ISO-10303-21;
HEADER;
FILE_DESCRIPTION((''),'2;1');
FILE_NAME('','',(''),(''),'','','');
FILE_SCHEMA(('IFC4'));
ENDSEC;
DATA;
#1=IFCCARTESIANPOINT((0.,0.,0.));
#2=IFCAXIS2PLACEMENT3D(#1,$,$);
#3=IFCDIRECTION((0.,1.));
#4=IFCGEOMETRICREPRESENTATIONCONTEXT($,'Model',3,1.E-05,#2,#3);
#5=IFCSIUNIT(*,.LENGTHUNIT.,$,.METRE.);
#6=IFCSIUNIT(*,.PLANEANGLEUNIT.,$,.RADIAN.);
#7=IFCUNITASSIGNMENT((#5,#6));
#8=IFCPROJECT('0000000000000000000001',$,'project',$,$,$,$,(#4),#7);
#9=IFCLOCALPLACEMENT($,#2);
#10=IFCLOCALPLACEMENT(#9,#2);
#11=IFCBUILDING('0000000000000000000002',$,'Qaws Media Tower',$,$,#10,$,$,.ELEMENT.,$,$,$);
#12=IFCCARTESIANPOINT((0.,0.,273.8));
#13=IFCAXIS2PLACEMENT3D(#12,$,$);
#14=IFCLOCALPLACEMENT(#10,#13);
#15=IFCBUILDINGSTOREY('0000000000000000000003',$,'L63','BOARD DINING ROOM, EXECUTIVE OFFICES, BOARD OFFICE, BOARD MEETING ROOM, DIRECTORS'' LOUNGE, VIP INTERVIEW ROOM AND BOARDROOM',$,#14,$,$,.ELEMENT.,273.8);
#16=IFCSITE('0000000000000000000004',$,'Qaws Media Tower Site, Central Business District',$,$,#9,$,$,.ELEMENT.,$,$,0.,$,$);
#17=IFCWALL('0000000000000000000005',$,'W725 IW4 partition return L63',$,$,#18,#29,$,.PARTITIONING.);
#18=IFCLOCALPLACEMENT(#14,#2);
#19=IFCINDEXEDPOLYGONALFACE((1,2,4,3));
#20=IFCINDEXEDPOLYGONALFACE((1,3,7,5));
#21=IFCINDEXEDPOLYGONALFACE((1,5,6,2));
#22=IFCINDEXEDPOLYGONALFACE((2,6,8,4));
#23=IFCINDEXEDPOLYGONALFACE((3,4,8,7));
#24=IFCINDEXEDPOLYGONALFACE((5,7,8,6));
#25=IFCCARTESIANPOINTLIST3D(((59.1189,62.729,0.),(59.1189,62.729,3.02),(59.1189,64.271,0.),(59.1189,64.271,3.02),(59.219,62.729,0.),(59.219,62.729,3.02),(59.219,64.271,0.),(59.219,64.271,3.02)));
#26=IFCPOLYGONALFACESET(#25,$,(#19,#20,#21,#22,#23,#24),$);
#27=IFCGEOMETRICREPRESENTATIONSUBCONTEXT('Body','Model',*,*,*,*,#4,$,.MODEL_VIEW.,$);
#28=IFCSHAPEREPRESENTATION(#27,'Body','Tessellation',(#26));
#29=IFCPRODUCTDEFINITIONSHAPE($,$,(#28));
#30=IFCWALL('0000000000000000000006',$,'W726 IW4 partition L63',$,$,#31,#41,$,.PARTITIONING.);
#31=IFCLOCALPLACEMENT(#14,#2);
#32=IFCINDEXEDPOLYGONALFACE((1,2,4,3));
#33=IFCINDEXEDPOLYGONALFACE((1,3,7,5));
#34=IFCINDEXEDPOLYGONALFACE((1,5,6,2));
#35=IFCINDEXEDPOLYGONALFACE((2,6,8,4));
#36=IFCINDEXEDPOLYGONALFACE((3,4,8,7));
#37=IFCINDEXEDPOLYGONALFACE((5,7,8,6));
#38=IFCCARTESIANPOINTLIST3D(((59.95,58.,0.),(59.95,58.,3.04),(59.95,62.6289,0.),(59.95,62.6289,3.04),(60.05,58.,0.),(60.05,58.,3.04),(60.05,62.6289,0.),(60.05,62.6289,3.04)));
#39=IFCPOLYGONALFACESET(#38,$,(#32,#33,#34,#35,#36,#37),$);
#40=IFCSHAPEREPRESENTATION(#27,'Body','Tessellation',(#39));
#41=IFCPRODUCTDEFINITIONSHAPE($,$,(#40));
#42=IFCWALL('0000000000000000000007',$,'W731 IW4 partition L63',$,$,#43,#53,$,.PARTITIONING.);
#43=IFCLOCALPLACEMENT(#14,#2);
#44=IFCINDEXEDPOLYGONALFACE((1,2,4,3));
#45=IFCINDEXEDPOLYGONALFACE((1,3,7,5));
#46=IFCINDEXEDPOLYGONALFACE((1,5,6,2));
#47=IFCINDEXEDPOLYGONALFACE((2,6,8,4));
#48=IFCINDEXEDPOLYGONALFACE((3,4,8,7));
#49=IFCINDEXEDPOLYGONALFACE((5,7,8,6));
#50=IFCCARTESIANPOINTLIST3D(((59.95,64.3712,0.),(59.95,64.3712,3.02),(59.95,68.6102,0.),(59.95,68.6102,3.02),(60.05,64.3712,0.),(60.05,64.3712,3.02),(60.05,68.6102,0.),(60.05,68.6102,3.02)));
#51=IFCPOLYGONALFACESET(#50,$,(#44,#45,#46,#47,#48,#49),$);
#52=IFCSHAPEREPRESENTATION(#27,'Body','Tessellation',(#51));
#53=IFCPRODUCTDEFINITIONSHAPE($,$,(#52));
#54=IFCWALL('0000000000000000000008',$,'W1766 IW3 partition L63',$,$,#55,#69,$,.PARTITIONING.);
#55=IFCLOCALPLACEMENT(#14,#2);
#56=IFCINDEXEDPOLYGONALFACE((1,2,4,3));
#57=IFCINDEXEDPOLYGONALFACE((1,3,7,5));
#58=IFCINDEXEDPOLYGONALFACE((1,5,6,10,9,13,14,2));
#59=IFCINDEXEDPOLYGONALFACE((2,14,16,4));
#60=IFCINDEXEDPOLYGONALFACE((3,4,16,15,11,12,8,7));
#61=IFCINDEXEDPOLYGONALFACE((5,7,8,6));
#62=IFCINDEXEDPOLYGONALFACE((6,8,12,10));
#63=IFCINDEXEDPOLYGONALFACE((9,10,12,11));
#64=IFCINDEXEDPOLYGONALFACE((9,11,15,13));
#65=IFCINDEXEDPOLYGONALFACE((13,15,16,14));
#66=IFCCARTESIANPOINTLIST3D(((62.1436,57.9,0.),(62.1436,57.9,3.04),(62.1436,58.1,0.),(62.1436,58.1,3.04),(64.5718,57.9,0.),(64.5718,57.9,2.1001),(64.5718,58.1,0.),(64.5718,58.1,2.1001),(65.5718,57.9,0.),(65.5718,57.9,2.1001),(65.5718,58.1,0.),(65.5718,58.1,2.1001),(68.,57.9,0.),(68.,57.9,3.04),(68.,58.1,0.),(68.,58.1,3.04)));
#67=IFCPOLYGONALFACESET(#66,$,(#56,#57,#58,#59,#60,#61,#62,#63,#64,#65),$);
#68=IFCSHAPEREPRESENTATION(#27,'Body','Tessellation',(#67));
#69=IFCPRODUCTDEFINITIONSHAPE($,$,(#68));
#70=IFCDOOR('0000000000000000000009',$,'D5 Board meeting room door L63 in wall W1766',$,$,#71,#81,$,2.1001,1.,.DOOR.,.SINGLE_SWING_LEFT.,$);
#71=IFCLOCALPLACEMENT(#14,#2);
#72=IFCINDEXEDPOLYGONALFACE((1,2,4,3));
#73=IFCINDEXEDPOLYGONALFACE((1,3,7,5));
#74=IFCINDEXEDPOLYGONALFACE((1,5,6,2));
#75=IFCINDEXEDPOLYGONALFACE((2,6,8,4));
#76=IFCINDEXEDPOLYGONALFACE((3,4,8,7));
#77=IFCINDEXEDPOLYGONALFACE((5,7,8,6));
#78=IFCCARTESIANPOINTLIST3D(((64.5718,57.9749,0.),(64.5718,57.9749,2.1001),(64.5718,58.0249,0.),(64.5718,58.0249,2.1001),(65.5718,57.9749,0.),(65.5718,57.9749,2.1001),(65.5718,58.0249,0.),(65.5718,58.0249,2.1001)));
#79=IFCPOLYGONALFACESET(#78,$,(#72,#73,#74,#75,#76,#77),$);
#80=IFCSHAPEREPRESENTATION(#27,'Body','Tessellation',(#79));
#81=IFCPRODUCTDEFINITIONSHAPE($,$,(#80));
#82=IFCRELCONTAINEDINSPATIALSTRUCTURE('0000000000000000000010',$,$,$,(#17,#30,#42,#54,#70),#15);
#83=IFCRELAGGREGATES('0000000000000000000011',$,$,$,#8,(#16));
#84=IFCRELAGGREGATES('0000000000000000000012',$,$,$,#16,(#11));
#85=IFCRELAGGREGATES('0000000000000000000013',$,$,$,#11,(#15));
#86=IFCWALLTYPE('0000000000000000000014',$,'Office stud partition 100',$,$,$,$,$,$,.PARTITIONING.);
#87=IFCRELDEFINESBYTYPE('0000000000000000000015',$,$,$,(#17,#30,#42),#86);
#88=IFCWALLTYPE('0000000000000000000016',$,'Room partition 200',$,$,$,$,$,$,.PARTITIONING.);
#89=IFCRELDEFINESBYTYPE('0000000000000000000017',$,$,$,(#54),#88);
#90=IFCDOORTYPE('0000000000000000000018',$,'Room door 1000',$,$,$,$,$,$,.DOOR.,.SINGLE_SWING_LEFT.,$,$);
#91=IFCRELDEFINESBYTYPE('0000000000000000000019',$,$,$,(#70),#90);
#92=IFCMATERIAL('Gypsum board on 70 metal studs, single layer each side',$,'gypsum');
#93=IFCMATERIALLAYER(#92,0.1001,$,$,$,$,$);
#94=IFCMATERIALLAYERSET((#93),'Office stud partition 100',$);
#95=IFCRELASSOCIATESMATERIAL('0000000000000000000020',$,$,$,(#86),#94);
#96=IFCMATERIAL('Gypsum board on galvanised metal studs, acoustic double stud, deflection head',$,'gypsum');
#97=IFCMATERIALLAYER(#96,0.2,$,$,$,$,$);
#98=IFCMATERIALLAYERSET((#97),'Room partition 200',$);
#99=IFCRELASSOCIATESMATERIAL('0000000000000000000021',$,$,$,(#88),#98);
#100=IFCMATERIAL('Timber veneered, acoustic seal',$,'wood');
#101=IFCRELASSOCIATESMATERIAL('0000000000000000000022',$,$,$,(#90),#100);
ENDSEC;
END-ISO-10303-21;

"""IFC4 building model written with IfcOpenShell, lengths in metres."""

from ifc_helpers import new_model, si_unit, direction, frame, frame_2d, origin, place, context, subcontext, project, spatial, rectangle, extrude, material, layer, layer_set, type_object, element, fill, save


model = new_model("IFC4")

# Units and contexts
model_context = context("Model", 3, precision=1e-05, world=origin(), true_north=direction((0.0, 1.0)))
body_context = subcontext(model_context, "Body", "Model", "MODEL_VIEW")
ifc_project = project(units=[si_unit("LENGTHUNIT", "METRE"), si_unit("PLANEANGLEUNIT", "RADIAN")], contexts=[model_context])

# Site, building, storey
site_placement = place(None, origin())
site = spatial("IfcSite", under=ifc_project, at=site_placement, Name="Qaws Media Tower Site, Central Business District", CompositionType="ELEMENT", RefElevation=0.0)
building_placement = place(site_placement, origin())
building = spatial("IfcBuilding", under=site, at=building_placement, Name="Qaws Media Tower", CompositionType="ELEMENT")
storey_placement = place(building_placement, frame((0.0, 0.0, 273.8)))
storey = spatial("IfcBuildingStorey", under=building, at=storey_placement, Name="L63", Description="BOARD DINING ROOM, EXECUTIVE OFFICES, BOARD OFFICE, BOARD MEETING ROOM, DIRECTORS' LOUNGE, VIP INTERVIEW ROOM AND BOARDROOM", CompositionType="ELEMENT", Elevation=273.8)

# Walls
ifc_material_1 = material(Name="Gypsum board on 70 metal studs, single layer each side", Category="gypsum")
ifc_layer_1 = layer(ifc_material_1, 0.1001)
ifc_layer_set_1 = layer_set([ifc_layer_1], Name="Office stud partition 100")
wall_type_1 = type_object("IfcWallType", Name="Office stud partition 100", PredefinedType="PARTITIONING", material=ifc_layer_set_1)
wall_1_placement = place(storey_placement, frame((59.1689, 62.729, 0.0), z_axis=(0.0, 0.0, 1.0), x_axis=(0.0, 1.0, 0.0)))
element("IfcWall", 1, at=wall_1_placement, inside=storey, type_object=wall_type_1, Name="W725 IW4 partition return L63", PredefinedType="PARTITIONING", context=body_context, shape_type="SweptSolid", body=[
    extrude(rectangle(XDim=1.542, YDim=0.1001, at=frame_2d((0.771, 0.0))), origin(), (0.0, 0.0, 1.0), 3.02),
])
wall_2_placement = place(storey_placement, frame((60.0, 58.0, 0.0), z_axis=(0.0, 0.0, 1.0), x_axis=(0.0, 1.0, 0.0)))
element("IfcWall", 2, at=wall_2_placement, inside=storey, type_object=wall_type_1, Name="W726 IW4 partition L63", PredefinedType="PARTITIONING", context=body_context, shape_type="SweptSolid", body=[
    extrude(rectangle(XDim=4.6289, YDim=0.1001, at=frame_2d((2.3145, 0.0))), origin(), (0.0, 0.0, 1.0), 3.04),
])
wall_3_placement = place(storey_placement, frame((60.0, 64.3711, 0.0), z_axis=(0.0, 0.0, 1.0), x_axis=(0.0, 1.0, 0.0)))
element("IfcWall", 3, at=wall_3_placement, inside=storey, type_object=wall_type_1, Name="W731 IW4 partition L63", PredefinedType="PARTITIONING", context=body_context, shape_type="SweptSolid", body=[
    extrude(rectangle(XDim=4.239, YDim=0.1001, at=frame_2d((2.1196, 0.0))), origin(), (0.0, 0.0, 1.0), 3.02),
])

# Wall, opening, door
ifc_material_2 = material(Name="Gypsum board on galvanised metal studs, acoustic double stud, deflection head", Category="gypsum")
ifc_layer_2 = layer(ifc_material_2, 0.2)
ifc_layer_set_2 = layer_set([ifc_layer_2], Name="Room partition 200")
wall_type_2 = type_object("IfcWallType", Name="Room partition 200", PredefinedType="PARTITIONING", material=ifc_layer_set_2)
wall_4_placement = place(storey_placement, frame((62.1436, 58.0, 0.0), z_axis=(0.0, 0.0, 1.0), x_axis=(1.0, 0.0, 0.0)))
wall_4 = element("IfcWall", 4, at=wall_4_placement, inside=storey, type_object=wall_type_2, Name="W1766 IW3 partition L63", PredefinedType="PARTITIONING", context=body_context, shape_type="SweptSolid", body=[
    extrude(rectangle(XDim=5.8564, YDim=0.2, at=frame_2d((2.9282, 0.0))), origin(), (0.0, 0.0, 1.0), 3.04),
])
opening_placement = place(wall_4_placement, frame((2.4282, 0.0, 0.0)))
opening = element("IfcOpeningElement", 5, at=opening_placement, cuts=wall_4, PredefinedType="OPENING", context=body_context, shape_type="SweptSolid", body=[
    extrude(rectangle(XDim=1.0, YDim=2.1001, at=frame_2d((0.5, 1.05))), frame((0.0, 0.1099, 0.0), z_axis=(0.0, -1.0, 0.0), x_axis=(1.0, 0.0, 0.0)), (0.0, 0.0, 1.0), 0.22),
])
ifc_material_3 = material(Name="Timber veneered, acoustic seal", Category="wood")
door_type = type_object("IfcDoorType", Name="Room door 1000", OperationType="SINGLE_SWING_LEFT", PredefinedType="DOOR", material=ifc_material_3)
door_placement = place(opening_placement, origin())
door = element("IfcDoor", 6, at=door_placement, inside=storey, type_object=door_type, Name="D5 Board meeting room door L63 in wall W1766", OperationType="SINGLE_SWING_LEFT", OverallHeight=2.1001, OverallWidth=1.0, PredefinedType="DOOR", context=body_context, shape_type="SweptSolid", body=[
    extrude(rectangle(XDim=1.0, YDim=2.1001, at=frame_2d((0.5, 1.05))), frame((0.0, 0.0249, 0.0), z_axis=(0.0, -1.0, 0.0), x_axis=(1.0, 0.0, 0.0)), (0.0, 0.0, 1.0), 0.05),
])
fill(opening, door)

save(model, "model.ifc")
